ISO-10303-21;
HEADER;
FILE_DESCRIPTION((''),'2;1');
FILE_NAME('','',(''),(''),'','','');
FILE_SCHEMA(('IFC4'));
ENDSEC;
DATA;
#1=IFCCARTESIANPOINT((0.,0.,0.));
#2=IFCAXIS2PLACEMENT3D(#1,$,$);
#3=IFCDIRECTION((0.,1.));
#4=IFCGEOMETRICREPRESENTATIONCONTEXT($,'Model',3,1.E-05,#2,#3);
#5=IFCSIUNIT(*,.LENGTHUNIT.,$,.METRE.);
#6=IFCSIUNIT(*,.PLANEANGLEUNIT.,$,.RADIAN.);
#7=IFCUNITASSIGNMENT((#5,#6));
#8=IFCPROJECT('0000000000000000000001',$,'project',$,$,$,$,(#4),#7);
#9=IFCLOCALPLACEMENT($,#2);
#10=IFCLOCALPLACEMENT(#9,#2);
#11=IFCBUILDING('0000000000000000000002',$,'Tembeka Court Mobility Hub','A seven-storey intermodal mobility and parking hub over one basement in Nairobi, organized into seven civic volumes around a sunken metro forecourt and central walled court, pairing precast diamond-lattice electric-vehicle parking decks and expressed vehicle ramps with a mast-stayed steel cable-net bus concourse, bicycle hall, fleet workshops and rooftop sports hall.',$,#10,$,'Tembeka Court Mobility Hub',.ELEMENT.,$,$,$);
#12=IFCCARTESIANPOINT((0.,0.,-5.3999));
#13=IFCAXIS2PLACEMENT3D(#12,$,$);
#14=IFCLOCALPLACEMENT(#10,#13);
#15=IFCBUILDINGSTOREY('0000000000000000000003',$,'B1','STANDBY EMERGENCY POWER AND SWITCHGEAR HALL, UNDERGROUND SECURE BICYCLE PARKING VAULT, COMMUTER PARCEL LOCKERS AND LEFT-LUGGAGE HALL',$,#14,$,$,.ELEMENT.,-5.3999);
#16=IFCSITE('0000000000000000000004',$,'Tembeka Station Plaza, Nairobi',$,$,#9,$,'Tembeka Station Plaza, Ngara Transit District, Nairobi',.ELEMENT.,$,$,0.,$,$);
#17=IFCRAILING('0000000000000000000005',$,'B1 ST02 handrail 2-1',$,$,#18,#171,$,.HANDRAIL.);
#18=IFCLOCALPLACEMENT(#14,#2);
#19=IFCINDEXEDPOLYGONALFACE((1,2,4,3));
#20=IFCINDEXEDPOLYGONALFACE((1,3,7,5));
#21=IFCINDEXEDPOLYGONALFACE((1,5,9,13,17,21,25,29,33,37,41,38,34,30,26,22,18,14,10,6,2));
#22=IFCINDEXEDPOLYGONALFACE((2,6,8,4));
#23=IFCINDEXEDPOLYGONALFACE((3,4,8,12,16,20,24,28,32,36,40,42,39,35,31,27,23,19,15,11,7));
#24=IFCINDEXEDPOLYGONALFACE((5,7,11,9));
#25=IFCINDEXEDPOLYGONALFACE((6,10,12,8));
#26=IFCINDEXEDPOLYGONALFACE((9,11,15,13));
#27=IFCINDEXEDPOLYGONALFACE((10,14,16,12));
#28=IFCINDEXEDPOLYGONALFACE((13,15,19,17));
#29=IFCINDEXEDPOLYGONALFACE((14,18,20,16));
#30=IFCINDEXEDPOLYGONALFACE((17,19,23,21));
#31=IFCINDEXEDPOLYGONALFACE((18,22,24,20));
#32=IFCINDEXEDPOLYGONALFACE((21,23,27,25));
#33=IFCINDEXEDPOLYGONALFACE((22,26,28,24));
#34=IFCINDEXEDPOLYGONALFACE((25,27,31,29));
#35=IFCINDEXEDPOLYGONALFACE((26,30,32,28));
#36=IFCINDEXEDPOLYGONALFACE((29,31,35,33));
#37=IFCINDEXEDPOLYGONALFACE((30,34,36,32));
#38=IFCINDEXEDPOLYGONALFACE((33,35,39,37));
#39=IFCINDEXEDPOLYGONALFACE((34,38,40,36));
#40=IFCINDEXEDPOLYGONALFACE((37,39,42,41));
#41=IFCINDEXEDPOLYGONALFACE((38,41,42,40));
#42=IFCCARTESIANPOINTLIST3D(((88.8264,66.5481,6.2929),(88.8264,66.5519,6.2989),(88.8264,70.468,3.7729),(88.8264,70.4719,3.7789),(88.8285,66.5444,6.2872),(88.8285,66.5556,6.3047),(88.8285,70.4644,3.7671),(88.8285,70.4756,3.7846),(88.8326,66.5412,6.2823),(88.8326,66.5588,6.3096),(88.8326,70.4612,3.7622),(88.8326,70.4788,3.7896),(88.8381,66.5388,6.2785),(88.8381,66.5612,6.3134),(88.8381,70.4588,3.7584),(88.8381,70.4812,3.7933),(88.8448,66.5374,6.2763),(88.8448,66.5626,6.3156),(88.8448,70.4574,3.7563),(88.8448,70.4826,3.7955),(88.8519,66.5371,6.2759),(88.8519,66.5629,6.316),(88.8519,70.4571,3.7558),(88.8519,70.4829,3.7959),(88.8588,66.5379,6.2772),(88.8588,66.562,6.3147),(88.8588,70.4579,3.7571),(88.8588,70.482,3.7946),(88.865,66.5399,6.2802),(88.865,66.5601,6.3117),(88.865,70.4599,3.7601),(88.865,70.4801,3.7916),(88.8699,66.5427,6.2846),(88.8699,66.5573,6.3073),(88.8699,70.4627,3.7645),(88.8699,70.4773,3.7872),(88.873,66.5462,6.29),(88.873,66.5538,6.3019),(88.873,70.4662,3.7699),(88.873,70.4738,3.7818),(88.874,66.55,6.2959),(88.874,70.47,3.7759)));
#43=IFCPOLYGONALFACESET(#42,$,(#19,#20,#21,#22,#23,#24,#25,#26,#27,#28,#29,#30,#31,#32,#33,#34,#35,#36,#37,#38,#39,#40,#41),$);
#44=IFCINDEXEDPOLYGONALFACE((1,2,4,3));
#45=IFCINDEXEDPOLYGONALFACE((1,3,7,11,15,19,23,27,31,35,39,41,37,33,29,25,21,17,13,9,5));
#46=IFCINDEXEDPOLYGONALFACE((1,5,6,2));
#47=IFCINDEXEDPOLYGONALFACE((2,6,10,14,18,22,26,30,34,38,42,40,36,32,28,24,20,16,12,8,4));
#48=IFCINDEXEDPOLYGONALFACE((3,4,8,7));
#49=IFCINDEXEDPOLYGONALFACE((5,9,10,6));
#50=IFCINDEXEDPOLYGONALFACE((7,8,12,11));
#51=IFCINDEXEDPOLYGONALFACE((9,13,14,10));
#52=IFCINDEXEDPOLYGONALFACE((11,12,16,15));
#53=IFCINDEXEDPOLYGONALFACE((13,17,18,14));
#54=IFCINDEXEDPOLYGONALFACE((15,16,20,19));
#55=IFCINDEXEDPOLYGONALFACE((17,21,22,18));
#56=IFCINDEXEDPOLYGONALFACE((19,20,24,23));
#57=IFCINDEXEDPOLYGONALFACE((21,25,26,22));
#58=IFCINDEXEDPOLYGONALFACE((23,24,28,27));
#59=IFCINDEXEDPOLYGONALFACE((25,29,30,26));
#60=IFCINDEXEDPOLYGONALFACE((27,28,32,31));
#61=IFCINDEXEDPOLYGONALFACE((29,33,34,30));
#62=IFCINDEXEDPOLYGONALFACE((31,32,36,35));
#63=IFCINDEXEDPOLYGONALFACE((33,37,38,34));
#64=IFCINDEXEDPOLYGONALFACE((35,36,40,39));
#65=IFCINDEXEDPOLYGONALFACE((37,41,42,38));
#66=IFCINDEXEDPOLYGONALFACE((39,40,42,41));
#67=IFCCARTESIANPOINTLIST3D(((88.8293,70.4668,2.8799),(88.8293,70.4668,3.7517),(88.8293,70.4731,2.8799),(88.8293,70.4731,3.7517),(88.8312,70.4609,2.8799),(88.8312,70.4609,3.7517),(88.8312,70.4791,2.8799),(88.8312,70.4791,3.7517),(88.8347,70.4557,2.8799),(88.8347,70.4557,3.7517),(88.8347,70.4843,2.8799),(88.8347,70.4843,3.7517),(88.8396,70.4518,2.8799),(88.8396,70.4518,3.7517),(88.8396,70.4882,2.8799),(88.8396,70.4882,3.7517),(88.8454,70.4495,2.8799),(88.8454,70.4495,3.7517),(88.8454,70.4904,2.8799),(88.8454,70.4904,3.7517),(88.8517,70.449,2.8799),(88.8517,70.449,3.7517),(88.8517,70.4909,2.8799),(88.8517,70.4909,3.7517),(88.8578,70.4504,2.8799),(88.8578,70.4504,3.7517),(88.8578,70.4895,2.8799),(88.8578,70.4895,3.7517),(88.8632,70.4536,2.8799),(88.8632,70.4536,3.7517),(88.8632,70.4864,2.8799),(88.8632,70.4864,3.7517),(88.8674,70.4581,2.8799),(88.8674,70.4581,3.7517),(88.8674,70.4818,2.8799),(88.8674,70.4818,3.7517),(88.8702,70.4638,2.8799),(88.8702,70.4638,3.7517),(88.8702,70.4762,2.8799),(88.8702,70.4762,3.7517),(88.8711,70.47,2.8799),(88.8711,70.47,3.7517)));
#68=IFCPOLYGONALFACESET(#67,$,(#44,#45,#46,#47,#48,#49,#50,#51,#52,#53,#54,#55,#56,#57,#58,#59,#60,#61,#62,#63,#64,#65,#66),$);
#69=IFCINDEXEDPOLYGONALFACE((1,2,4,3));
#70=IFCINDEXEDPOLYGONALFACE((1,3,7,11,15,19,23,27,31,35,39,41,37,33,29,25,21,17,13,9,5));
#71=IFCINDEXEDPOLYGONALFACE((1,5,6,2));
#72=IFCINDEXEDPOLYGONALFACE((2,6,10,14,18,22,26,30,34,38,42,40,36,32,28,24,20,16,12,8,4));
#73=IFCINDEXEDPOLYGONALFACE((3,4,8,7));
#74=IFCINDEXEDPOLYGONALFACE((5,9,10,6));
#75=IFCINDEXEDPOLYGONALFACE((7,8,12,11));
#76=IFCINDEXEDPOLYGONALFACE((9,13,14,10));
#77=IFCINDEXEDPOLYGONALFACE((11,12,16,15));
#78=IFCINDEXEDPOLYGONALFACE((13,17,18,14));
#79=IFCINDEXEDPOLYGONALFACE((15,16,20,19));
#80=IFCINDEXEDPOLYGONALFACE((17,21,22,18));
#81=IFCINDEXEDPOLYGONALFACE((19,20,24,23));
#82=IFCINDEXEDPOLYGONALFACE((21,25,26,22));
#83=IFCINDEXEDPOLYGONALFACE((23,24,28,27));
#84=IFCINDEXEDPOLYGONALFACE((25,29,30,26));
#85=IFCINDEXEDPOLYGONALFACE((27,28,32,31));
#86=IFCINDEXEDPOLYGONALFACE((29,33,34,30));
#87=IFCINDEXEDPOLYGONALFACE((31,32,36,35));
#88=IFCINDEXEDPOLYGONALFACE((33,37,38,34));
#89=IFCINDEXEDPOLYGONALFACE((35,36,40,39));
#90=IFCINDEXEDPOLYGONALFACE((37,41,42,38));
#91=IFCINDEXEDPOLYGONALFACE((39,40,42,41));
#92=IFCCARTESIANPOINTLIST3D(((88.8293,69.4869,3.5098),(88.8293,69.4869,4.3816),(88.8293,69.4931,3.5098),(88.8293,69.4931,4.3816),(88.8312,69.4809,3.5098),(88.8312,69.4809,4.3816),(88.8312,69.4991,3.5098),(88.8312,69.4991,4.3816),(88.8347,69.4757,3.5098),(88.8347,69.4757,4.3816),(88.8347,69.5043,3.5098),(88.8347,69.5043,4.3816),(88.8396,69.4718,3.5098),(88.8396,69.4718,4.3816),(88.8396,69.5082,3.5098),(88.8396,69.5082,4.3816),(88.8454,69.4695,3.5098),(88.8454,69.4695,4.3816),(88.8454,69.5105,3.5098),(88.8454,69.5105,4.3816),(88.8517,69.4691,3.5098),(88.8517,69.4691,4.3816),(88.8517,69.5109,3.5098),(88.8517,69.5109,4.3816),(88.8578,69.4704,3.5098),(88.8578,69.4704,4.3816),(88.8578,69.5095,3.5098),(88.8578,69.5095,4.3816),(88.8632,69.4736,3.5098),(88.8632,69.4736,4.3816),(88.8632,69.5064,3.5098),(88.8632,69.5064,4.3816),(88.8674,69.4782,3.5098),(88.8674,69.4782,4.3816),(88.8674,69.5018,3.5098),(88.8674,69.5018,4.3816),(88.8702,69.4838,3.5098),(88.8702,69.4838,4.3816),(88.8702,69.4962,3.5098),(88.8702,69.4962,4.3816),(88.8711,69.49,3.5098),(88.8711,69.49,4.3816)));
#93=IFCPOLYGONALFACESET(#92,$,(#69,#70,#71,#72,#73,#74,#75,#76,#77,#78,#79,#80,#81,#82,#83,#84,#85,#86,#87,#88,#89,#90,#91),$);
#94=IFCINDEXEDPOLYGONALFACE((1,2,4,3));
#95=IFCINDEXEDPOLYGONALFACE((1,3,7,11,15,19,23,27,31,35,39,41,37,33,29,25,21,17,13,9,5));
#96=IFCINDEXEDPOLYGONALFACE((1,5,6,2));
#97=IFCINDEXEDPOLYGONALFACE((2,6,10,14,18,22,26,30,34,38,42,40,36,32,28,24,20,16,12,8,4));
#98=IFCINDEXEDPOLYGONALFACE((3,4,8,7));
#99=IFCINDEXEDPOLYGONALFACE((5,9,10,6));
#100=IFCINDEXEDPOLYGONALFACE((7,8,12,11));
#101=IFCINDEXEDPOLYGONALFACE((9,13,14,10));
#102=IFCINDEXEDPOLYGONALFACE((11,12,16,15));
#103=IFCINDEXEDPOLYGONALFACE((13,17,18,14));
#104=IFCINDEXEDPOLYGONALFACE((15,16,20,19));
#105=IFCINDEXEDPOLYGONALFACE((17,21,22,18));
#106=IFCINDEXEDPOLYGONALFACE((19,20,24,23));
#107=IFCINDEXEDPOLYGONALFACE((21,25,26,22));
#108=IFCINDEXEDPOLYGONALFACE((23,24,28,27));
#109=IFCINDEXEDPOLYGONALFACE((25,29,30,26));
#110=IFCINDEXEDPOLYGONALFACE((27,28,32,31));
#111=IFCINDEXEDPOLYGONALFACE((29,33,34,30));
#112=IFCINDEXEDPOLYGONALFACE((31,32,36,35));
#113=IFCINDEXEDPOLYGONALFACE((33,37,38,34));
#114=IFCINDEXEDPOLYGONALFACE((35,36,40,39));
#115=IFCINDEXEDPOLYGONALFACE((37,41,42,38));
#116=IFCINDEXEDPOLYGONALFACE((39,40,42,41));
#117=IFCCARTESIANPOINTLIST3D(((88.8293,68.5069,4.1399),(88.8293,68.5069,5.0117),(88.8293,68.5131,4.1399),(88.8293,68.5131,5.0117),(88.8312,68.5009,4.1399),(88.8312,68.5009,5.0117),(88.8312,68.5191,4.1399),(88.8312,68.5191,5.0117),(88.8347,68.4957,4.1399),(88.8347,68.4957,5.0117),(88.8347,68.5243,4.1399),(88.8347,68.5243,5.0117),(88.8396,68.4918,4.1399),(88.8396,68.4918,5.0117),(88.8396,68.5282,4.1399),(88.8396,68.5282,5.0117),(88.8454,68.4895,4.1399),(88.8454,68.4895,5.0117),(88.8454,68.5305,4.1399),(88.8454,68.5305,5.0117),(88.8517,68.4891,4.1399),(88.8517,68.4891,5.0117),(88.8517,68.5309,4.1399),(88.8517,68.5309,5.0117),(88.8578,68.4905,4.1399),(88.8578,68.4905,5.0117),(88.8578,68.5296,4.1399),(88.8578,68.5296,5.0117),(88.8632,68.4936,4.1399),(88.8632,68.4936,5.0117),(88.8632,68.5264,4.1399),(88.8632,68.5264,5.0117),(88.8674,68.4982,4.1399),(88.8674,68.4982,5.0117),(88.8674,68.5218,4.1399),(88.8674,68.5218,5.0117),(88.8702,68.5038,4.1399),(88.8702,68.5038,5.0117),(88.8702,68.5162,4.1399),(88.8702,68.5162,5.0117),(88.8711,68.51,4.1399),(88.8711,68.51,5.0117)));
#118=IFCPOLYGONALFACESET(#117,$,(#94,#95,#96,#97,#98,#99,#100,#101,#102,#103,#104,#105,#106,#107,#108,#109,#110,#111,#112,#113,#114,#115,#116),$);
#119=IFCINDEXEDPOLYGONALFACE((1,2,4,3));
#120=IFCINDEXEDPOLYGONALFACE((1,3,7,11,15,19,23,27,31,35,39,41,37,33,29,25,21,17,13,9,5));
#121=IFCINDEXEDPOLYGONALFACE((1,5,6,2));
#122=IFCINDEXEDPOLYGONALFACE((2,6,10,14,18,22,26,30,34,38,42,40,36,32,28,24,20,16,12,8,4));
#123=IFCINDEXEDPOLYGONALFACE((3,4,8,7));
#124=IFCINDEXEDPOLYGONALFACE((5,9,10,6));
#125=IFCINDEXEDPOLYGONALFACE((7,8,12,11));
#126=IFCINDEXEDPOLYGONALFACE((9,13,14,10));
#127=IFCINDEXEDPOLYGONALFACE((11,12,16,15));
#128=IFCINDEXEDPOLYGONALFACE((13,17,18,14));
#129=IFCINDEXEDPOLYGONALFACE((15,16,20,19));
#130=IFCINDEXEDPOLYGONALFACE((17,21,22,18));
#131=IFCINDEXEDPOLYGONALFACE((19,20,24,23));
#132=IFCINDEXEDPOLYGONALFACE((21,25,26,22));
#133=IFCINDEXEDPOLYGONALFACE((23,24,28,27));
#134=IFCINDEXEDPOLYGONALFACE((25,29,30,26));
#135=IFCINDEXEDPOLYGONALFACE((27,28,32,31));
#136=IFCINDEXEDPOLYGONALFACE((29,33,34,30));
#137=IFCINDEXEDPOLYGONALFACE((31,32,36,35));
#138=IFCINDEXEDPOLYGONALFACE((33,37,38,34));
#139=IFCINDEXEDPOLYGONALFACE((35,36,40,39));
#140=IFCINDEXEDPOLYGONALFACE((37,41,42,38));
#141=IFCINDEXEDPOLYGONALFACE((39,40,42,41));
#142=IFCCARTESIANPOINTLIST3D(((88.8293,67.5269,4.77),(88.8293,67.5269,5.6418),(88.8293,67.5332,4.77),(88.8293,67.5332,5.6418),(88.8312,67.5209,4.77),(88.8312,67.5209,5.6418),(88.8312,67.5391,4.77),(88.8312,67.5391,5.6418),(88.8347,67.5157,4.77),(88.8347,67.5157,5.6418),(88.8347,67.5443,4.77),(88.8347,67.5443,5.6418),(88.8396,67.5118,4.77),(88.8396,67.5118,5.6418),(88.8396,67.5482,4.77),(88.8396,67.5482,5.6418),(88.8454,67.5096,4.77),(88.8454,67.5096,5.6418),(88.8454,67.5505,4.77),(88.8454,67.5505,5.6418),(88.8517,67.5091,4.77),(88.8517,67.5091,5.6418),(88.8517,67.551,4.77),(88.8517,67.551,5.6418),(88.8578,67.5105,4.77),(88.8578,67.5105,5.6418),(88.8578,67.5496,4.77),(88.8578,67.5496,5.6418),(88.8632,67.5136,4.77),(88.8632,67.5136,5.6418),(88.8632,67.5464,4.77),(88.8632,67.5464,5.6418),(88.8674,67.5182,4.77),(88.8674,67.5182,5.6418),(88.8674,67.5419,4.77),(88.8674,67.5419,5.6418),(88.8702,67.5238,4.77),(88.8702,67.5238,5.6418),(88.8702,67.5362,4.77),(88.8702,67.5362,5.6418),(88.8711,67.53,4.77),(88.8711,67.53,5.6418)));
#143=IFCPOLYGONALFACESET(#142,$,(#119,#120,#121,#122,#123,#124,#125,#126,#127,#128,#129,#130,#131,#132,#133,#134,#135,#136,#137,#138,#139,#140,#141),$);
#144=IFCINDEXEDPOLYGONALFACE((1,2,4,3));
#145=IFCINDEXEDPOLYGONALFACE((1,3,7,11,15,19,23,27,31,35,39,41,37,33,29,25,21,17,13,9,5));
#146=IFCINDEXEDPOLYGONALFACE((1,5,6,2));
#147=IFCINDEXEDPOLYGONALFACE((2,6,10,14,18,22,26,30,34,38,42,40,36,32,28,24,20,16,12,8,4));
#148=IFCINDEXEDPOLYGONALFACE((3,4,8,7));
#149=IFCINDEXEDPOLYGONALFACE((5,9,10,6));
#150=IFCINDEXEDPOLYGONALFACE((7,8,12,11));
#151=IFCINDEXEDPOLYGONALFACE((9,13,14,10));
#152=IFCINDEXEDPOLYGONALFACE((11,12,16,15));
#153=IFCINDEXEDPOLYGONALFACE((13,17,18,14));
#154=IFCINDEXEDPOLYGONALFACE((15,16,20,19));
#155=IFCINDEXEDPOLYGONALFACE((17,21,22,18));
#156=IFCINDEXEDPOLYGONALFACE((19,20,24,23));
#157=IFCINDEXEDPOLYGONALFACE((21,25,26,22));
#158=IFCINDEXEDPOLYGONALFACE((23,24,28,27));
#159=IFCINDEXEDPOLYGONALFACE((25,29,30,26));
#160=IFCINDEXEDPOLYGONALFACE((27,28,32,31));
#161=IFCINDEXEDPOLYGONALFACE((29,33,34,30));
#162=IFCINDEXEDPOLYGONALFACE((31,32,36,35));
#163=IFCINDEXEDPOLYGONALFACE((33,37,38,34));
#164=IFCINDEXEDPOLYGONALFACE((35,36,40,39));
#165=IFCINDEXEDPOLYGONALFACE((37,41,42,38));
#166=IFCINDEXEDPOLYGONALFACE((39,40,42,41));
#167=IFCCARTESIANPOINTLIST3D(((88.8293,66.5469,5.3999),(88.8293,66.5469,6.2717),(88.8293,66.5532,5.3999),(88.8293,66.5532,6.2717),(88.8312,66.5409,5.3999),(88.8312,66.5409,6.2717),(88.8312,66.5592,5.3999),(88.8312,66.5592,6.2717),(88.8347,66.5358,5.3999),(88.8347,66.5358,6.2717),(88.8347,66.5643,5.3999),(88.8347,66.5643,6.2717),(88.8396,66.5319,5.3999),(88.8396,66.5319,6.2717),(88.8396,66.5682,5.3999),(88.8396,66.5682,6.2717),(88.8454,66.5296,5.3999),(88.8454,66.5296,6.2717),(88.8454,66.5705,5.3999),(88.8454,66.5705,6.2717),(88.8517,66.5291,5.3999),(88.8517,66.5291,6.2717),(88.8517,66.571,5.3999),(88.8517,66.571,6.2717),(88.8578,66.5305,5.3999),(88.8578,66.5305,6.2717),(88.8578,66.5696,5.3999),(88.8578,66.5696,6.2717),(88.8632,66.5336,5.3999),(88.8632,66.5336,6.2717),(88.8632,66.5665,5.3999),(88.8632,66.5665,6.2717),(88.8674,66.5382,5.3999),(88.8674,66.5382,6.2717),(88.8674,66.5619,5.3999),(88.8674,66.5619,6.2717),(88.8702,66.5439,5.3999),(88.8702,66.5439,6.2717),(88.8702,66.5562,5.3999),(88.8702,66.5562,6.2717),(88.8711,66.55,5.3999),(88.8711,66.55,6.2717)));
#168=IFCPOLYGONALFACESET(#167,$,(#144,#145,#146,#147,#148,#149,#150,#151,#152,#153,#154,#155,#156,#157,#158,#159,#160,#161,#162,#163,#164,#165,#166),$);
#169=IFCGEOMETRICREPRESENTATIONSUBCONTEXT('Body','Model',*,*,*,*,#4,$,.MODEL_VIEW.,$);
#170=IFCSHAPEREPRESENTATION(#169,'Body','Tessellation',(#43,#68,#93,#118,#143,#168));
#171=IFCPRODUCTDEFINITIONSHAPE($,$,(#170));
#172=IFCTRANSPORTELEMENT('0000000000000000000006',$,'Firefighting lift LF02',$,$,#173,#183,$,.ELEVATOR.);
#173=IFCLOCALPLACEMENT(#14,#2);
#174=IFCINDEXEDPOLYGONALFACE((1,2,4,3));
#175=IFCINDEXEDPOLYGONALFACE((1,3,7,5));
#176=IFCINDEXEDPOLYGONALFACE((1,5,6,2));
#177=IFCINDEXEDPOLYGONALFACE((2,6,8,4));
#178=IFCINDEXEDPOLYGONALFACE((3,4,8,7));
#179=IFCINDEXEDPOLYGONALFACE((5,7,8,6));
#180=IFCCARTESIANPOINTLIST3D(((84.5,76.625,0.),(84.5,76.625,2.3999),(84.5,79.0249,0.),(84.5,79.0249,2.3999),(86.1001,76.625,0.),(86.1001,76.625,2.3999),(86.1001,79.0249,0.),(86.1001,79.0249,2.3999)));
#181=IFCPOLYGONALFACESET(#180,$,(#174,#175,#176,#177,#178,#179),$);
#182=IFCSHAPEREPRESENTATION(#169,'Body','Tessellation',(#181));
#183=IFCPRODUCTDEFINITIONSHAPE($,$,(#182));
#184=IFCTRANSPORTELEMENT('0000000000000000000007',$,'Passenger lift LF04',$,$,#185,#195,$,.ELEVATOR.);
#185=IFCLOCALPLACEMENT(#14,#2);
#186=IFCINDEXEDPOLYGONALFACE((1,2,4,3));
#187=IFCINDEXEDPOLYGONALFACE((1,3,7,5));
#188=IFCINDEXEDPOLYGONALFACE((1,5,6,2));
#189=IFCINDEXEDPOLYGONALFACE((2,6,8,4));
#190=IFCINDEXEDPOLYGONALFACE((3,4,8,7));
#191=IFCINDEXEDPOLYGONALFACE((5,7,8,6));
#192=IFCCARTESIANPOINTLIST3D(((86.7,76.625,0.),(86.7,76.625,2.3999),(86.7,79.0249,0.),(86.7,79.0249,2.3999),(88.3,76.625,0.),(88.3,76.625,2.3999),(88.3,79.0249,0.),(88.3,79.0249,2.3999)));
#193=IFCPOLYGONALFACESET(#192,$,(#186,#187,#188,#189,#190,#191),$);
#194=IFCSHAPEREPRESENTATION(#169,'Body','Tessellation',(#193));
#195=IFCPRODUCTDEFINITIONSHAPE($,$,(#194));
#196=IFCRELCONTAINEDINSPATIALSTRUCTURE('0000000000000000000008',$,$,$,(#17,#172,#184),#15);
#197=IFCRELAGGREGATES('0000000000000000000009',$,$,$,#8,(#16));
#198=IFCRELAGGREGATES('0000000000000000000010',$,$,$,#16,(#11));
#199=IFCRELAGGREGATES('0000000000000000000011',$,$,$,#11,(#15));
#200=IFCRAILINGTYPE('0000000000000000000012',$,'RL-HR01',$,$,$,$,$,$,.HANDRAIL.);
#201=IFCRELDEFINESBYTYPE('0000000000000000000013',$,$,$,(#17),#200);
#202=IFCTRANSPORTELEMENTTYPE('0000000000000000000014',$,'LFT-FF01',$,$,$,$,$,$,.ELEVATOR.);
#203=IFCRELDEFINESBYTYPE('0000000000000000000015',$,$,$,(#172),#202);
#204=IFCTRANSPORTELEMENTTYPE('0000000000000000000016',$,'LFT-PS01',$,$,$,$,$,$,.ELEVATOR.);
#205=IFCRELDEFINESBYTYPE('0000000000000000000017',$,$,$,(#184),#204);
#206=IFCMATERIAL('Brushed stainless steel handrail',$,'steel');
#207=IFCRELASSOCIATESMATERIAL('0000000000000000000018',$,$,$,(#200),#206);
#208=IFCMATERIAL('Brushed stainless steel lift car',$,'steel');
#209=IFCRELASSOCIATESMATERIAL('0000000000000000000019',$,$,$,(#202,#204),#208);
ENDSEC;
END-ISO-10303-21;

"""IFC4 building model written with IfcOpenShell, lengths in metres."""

from ifc_helpers import new_model, si_unit, direction, frame, origin, origin_2d, place, context, subcontext, project, spatial, rectangle, circle, extrude, material, type_object, element, save


model = new_model("IFC4")

# Units and contexts
model_context = context("Model", 3, precision=1e-05, world=origin(), true_north=direction((0.0, 1.0)))
body_context = subcontext(model_context, "Body", "Model", "MODEL_VIEW")
ifc_project = project(units=[si_unit("LENGTHUNIT", "METRE"), si_unit("PLANEANGLEUNIT", "RADIAN")], contexts=[model_context])

# Site, building, storey
site_placement = place(None, origin())
site = spatial("IfcSite", under=ifc_project, at=site_placement, Name="Tembeka Station Plaza, Nairobi", LongName="Tembeka Station Plaza, Ngara Transit District, Nairobi", CompositionType="ELEMENT", RefElevation=0.0)
building_placement = place(site_placement, origin())
building = spatial("IfcBuilding", under=site, at=building_placement, Name="Tembeka Court Mobility Hub", Description="A seven-storey intermodal mobility and parking hub over one basement in Nairobi, organized into seven civic volumes around a sunken metro forecourt and central walled court, pairing precast diamond-lattice electric-vehicle parking decks and expressed vehicle ramps with a mast-stayed steel cable-net bus concourse, bicycle hall, fleet workshops and rooftop sports hall.", LongName="Tembeka Court Mobility Hub", CompositionType="ELEMENT")
storey_placement = place(building_placement, frame((0.0, 0.0, -5.3999)))
storey = spatial("IfcBuildingStorey", under=building, at=storey_placement, Name="B1", Description="STANDBY EMERGENCY POWER AND SWITCHGEAR HALL, UNDERGROUND SECURE BICYCLE PARKING VAULT, COMMUTER PARCEL LOCKERS AND LEFT-LUGGAGE HALL", CompositionType="ELEMENT", Elevation=-5.3999)

# Railing
ifc_material_1 = material(Name="Brushed stainless steel handrail", Category="steel")
railing_type_1 = type_object("IfcRailingType", Name="RL-HR01", PredefinedType="HANDRAIL", material=ifc_material_1)
railing_1_placement = place(storey_placement, frame((88.8501, 70.47, 2.8799)))
element("IfcRailing", 1, at=railing_1_placement, inside=storey, type_object=railing_type_1, Name="B1 ST02 handrail 2-1", PredefinedType="HANDRAIL", context=body_context, shape_type="SweptSolid", body=[
    extrude(circle(Radius=0.0239, at=origin_2d()), frame((0.0, 0.0, 0.896), z_axis=(0.0, -0.841172, 0.540768), x_axis=(1.0, 0.0, 0.0)), (0.0, 0.0, 1.0), 4.6602),
    extrude(circle(Radius=0.021, at=origin_2d()), origin(), (0.0, 0.0, 1.0), 0.8718),
    extrude(circle(Radius=0.021, at=origin_2d()), frame((0.0, -0.98, 0.6299)), (0.0, 0.0, 1.0), 0.8718),
    extrude(circle(Radius=0.021, at=origin_2d()), frame((0.0, -1.96, 1.26)), (0.0, 0.0, 1.0), 0.8718),
    extrude(circle(Radius=0.021, at=origin_2d()), frame((0.0, -2.9399, 1.8901)), (0.0, 0.0, 1.0), 0.8718),
    extrude(circle(Radius=0.021, at=origin_2d()), frame((0.0, -3.9199, 2.52)), (0.0, 0.0, 1.0), 0.8718),
])

# Transport elements
ifc_material_2 = material(Name="Brushed stainless steel lift car", Category="steel")
transport_element_type_1 = type_object("IfcTransportElementType", Name="LFT-FF01", PredefinedType="ELEVATOR", material=ifc_material_2)
transport_element_1_placement = place(storey_placement, frame((85.3, 77.825, 0.0), z_axis=(0.0, 0.0, 1.0), x_axis=(1.0, 0.0, 0.0)))
element("IfcTransportElement", 2, at=transport_element_1_placement, inside=storey, type_object=transport_element_type_1, Name="Firefighting lift LF02", PredefinedType="ELEVATOR", context=body_context, shape_type="SweptSolid", body=[
    extrude(rectangle(XDim=1.6001, YDim=2.3999, at=origin_2d()), origin(), (0.0, 0.0, 1.0), 2.3999),
])
transport_element_type_2 = type_object("IfcTransportElementType", Name="LFT-PS01", PredefinedType="ELEVATOR", material=ifc_material_2)
transport_element_2_placement = place(storey_placement, frame((87.5, 77.825, 0.0), z_axis=(0.0, 0.0, 1.0), x_axis=(1.0, 0.0, 0.0)))
element("IfcTransportElement", 3, at=transport_element_2_placement, inside=storey, type_object=transport_element_type_2, Name="Passenger lift LF04", PredefinedType="ELEVATOR", context=body_context, shape_type="SweptSolid", body=[
    extrude(rectangle(XDim=1.6001, YDim=2.3999, at=origin_2d()), origin(), (0.0, 0.0, 1.0), 2.3999),
])

save(model, "model.ifc")
